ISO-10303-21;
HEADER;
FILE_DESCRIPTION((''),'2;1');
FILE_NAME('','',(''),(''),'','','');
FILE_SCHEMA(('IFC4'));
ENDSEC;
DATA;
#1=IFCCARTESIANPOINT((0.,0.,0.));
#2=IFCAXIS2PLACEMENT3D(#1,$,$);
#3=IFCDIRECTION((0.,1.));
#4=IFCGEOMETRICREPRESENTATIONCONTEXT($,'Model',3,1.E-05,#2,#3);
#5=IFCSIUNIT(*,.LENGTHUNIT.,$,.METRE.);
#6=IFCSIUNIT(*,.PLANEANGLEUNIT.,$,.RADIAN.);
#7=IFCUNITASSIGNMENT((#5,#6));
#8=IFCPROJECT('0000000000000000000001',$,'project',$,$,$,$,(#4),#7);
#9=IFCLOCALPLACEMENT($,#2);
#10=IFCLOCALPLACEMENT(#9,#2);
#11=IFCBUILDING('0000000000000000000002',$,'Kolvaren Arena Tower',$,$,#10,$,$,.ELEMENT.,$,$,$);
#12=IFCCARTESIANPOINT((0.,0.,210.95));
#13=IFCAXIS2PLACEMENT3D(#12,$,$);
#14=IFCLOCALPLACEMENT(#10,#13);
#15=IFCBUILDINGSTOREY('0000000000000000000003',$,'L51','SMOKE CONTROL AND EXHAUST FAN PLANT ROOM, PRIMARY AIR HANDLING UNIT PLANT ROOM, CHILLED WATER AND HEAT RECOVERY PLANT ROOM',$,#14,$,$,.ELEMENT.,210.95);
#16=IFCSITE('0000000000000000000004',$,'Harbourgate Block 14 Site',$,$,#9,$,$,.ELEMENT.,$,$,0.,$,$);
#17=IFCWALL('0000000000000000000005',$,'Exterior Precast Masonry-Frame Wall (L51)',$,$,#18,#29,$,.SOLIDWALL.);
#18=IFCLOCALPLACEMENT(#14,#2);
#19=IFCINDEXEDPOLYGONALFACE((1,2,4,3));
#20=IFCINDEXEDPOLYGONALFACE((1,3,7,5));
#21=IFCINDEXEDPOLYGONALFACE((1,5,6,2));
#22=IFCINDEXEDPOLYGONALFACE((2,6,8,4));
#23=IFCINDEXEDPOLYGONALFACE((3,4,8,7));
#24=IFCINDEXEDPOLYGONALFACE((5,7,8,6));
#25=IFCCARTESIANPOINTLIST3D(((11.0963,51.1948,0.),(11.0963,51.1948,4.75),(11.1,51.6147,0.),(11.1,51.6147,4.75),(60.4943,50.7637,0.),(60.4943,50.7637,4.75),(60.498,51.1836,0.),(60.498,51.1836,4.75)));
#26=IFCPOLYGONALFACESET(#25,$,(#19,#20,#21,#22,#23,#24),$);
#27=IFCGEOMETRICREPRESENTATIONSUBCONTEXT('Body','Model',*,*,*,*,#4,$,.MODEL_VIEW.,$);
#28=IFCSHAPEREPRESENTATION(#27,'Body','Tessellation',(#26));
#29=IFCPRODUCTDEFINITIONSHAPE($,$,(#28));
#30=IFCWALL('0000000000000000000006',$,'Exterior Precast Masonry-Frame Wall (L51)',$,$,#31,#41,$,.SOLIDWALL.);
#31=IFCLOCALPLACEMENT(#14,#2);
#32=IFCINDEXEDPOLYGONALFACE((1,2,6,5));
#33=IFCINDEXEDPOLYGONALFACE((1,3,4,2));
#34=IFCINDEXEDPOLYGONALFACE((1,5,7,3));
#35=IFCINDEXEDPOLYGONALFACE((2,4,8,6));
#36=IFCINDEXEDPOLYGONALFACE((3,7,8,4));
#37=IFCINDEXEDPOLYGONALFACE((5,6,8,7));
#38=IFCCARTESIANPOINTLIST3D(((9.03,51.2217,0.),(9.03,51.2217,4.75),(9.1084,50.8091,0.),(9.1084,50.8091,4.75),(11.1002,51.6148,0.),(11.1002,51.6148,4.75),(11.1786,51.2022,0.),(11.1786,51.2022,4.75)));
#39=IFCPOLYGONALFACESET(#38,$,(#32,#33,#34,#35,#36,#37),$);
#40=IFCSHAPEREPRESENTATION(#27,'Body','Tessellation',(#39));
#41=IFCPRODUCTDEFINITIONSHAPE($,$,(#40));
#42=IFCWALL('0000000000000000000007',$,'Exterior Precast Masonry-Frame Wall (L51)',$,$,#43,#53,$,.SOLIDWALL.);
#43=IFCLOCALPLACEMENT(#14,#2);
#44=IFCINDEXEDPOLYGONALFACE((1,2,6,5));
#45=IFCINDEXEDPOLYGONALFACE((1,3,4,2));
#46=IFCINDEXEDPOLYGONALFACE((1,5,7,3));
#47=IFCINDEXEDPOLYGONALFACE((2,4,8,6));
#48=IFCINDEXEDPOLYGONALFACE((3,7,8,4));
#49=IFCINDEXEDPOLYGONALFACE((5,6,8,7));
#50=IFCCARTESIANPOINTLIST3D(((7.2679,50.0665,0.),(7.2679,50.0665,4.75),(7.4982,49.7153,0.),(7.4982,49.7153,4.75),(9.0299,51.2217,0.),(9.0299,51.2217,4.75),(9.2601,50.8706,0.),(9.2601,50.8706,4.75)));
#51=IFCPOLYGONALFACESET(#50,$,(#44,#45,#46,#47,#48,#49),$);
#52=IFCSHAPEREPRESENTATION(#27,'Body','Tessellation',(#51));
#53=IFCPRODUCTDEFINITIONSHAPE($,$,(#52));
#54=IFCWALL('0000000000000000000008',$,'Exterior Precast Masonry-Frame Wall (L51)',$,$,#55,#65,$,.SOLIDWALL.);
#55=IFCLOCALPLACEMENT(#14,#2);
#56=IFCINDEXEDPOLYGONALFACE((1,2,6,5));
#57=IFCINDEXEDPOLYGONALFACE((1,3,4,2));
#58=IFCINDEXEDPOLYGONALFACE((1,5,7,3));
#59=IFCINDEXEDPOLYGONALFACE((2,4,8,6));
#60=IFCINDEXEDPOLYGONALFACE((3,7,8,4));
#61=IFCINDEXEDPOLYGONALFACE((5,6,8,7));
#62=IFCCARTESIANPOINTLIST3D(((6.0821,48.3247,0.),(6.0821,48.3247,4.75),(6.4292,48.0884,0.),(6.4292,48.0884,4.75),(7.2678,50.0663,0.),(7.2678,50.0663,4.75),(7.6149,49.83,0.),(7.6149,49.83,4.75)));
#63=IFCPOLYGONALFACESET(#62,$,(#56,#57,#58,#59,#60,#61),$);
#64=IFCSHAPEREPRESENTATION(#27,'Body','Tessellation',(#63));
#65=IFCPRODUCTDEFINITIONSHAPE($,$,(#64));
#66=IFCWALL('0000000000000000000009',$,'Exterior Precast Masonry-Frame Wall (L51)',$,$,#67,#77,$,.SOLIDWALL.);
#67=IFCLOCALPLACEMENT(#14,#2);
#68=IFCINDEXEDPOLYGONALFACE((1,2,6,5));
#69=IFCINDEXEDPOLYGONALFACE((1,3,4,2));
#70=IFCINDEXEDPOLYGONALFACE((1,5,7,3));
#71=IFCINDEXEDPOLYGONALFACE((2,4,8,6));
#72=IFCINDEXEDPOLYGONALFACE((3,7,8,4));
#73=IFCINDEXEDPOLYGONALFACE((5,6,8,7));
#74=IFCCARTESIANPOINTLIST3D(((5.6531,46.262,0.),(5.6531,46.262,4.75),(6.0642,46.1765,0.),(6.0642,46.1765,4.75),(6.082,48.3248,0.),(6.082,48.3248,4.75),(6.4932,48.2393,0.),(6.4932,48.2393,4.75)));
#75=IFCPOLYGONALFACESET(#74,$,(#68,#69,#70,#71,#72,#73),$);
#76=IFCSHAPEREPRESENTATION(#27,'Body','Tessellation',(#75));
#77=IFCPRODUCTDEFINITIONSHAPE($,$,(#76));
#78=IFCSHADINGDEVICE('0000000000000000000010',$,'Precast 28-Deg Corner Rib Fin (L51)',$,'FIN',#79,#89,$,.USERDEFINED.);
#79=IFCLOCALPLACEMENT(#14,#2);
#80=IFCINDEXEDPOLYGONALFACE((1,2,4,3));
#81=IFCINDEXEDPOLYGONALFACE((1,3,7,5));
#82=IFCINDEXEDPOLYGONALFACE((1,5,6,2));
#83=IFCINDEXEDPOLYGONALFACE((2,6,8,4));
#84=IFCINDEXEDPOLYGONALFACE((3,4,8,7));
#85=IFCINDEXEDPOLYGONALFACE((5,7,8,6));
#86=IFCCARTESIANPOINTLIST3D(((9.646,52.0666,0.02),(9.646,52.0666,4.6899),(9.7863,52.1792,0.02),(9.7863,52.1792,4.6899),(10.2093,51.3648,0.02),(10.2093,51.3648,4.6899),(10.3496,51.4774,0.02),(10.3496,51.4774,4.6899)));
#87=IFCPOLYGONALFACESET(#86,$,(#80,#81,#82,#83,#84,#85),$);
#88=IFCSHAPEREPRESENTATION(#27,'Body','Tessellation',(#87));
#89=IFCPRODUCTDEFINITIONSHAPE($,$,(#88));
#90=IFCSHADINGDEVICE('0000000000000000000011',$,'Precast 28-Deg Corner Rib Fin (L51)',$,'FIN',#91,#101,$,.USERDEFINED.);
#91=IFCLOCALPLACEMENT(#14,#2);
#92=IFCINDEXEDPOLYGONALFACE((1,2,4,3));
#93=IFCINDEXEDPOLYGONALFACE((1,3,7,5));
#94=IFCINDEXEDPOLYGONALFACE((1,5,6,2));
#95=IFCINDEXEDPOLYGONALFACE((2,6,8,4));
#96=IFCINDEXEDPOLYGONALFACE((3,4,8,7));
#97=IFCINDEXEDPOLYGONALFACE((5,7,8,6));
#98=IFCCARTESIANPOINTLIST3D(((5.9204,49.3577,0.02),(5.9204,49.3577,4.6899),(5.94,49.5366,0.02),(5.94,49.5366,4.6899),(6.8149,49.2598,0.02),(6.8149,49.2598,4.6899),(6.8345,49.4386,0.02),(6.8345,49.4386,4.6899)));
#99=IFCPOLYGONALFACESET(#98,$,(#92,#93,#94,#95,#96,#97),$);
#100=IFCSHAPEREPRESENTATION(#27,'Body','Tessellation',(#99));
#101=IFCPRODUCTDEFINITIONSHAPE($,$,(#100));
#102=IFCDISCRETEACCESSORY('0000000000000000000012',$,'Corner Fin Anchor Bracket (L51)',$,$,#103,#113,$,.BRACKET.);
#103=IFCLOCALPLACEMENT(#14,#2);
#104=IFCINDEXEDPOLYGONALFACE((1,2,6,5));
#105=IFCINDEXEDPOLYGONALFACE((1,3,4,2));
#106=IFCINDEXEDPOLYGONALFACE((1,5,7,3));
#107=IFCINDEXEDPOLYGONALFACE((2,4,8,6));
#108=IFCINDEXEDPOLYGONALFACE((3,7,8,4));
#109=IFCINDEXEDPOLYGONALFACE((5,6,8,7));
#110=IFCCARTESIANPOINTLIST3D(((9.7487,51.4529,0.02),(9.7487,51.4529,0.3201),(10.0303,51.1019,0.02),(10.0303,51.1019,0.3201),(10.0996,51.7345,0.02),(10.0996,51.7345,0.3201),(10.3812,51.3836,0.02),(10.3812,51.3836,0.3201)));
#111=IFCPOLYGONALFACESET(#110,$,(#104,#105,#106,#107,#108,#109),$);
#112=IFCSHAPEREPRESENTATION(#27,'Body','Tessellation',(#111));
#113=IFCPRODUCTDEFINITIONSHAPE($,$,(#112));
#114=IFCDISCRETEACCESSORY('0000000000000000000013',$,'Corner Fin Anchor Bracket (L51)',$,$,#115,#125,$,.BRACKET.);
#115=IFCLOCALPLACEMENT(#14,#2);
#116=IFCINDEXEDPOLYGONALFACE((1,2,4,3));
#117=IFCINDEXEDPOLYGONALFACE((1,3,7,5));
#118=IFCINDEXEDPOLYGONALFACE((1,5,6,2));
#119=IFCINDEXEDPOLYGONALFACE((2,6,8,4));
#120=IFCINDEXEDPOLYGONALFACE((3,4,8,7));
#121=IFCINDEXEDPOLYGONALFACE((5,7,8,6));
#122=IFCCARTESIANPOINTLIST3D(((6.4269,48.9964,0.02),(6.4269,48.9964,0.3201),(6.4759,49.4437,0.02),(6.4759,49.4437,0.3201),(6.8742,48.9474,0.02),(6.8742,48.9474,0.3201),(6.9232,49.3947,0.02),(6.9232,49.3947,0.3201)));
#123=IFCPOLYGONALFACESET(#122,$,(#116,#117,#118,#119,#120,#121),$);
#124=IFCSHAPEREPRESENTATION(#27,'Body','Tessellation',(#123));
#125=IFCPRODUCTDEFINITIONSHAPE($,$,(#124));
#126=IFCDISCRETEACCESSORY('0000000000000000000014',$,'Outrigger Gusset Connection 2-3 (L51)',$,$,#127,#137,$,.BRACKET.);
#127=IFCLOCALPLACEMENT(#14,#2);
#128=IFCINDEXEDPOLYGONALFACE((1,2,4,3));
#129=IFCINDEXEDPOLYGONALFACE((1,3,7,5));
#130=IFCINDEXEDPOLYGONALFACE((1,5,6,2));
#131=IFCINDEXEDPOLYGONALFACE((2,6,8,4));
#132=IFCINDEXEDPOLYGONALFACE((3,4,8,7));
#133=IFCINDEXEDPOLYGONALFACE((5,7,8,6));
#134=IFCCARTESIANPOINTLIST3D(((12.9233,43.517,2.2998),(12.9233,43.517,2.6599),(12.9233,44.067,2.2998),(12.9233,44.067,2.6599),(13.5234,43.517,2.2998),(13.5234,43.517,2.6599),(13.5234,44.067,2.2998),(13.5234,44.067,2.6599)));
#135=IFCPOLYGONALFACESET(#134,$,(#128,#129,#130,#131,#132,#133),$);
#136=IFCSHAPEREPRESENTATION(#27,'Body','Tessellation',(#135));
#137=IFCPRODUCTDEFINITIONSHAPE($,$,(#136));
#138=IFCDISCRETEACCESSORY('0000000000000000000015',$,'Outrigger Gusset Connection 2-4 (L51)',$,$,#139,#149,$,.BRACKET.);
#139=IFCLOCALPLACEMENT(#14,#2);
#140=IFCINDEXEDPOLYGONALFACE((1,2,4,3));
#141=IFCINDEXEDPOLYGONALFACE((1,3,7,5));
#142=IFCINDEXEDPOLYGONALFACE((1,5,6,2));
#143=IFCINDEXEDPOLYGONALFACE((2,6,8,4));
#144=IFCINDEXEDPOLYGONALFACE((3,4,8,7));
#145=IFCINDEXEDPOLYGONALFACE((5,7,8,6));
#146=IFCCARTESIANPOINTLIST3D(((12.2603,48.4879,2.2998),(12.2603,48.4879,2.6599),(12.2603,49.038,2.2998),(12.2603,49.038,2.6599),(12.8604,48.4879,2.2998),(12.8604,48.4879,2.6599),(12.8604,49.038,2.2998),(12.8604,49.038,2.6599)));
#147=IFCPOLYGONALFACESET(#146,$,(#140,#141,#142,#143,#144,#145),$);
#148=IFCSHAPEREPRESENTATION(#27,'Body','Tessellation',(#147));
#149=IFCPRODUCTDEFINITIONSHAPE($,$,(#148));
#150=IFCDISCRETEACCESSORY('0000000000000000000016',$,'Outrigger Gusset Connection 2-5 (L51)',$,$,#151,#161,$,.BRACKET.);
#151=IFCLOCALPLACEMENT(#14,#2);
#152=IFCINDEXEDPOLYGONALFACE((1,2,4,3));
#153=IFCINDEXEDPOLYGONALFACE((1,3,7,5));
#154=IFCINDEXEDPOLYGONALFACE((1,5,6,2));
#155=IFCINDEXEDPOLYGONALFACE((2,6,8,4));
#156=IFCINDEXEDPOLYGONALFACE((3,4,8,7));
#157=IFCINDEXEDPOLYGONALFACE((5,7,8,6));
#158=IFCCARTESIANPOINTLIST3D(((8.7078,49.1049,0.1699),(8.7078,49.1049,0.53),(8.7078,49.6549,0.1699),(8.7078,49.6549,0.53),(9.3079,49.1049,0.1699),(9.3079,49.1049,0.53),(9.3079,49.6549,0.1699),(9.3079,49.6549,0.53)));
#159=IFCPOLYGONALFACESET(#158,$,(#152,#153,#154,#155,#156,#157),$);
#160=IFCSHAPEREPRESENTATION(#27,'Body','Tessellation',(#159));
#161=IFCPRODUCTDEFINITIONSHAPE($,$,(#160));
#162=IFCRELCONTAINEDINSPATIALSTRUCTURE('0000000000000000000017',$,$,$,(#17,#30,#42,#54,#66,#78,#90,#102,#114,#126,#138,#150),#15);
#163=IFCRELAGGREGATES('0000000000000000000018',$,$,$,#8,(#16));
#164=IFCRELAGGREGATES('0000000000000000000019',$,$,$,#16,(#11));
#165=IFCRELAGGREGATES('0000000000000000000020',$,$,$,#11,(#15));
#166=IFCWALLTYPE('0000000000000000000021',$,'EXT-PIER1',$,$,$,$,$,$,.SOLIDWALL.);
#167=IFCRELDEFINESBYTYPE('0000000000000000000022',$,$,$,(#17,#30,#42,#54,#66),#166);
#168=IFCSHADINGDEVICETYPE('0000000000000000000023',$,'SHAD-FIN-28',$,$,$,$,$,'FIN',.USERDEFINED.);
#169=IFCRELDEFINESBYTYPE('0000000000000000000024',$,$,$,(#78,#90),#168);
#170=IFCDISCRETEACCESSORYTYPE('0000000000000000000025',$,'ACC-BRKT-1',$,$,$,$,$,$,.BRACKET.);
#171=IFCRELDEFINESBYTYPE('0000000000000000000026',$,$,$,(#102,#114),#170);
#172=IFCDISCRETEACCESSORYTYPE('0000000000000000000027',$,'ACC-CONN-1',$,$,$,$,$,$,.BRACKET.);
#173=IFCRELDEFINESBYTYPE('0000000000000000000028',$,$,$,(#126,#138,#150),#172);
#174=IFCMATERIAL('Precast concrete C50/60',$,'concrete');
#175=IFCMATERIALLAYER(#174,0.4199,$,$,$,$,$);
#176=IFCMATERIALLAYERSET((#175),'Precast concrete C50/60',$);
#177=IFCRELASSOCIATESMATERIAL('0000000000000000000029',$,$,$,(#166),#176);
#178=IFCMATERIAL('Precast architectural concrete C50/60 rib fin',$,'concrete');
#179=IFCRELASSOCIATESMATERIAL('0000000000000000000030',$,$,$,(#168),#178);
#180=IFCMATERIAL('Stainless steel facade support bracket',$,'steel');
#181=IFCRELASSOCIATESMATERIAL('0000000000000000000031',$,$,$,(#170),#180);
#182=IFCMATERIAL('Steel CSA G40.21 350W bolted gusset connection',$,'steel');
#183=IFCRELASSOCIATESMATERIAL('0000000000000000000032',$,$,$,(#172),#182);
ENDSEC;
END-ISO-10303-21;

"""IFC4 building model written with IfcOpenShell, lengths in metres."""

from ifc_helpers import new_model, si_unit, direction, frame, frame_2d, origin, origin_2d, place, context, subcontext, project, spatial, rectangle, extrude, material, layer, layer_set, type_object, element, save


model = new_model("IFC4")

# Units and contexts
model_context = context("Model", 3, precision=1e-05, world=origin(), true_north=direction((0.0, 1.0)))
body_context = subcontext(model_context, "Body", "Model", "MODEL_VIEW")
ifc_project = project(units=[si_unit("LENGTHUNIT", "METRE"), si_unit("PLANEANGLEUNIT", "RADIAN")], contexts=[model_context])

# Site, building, storey
site_placement = place(None, origin())
site = spatial("IfcSite", under=ifc_project, at=site_placement, Name="Harbourgate Block 14 Site", CompositionType="ELEMENT", RefElevation=0.0)
building_placement = place(site_placement, origin())
building = spatial("IfcBuilding", under=site, at=building_placement, Name="Kolvaren Arena Tower", CompositionType="ELEMENT")
storey_placement = place(building_placement, frame((0.0, 0.0, 210.95)))
storey = spatial("IfcBuildingStorey", under=building, at=storey_placement, Name="L51", Description="SMOKE CONTROL AND EXHAUST FAN PLANT ROOM, PRIMARY AIR HANDLING UNIT PLANT ROOM, CHILLED WATER AND HEAT RECOVERY PLANT ROOM", CompositionType="ELEMENT", Elevation=210.95)

# Walls
ifc_material_1 = material(Name="Precast concrete C50/60", Category="concrete")
ifc_layer_1 = layer(ifc_material_1, 0.4199)
ifc_layer_set_1 = layer_set([ifc_layer_1], Name="Precast concrete C50/60")
wall_type = type_object("IfcWallType", Name="EXT-PIER1", PredefinedType="SOLIDWALL", material=ifc_layer_set_1)
wall_1_placement = place(storey_placement, frame((11.0981, 51.4048, 0.0), z_axis=(0.0, 0.0, 1.0), x_axis=(0.999962, -0.008728, 0.0)))
element("IfcWall", 1, at=wall_1_placement, inside=storey, type_object=wall_type, Name="Exterior Precast Masonry-Frame Wall (L51)", PredefinedType="SOLIDWALL", context=body_context, shape_type="SweptSolid", body=[
    extrude(rectangle(XDim=49.3999, YDim=0.4199, at=frame_2d((24.7, 0.0))), origin(), (0.0, 0.0, 1.0), 4.75),
])
wall_2_placement = place(storey_placement, frame((9.0691, 51.0154, 0.0), z_axis=(0.0, 0.0, 1.0), x_axis=(0.982446, 0.186548, 0.0)))
element("IfcWall", 2, at=wall_2_placement, inside=storey, type_object=wall_type, Name="Exterior Precast Masonry-Frame Wall (L51)", PredefinedType="SOLIDWALL", context=body_context, shape_type="SweptSolid", body=[
    extrude(rectangle(XDim=2.1072, YDim=0.4199, at=frame_2d((1.0537, 0.0))), origin(), (0.0, 0.0, 1.0), 4.75),
])
for number, where, z_axis, x_axis, name in (
    (3, (7.3831, 49.8909, 0.0), (0.0, 0.0, 1.0), (0.836269, 0.54832, 0.0), "Exterior Precast Masonry-Frame Wall (L51)"),
    (4, (6.2556, 48.2065, 0.0), (0.0, 0.0, 1.0), (0.562776, 0.82661, 0.0), "Exterior Precast Masonry-Frame Wall (L51)"),
    (5, (5.8586, 46.2192, 0.0), (0.0, 0.0, 1.0), (0.203598, 0.979055, 0.0), "Exterior Precast Masonry-Frame Wall (L51)"),
):
    element("IfcWall", number, at=place(storey_placement, frame(where, z_axis=z_axis, x_axis=x_axis)), inside=storey, type_object=wall_type, Name=name, PredefinedType="SOLIDWALL", context=body_context, shape_type="SweptSolid", body=[
        extrude(rectangle(XDim=2.1069, YDim=0.4199, at=frame_2d((1.0535, 0.0))), origin(), (0.0, 0.0, 1.0), 4.75),
    ])

# Shading devices
ifc_material_2 = material(Name="Precast architectural concrete C50/60 rib fin", Category="concrete")
shading_device_type = type_object("IfcShadingDeviceType", Name="SHAD-FIN-28", ElementType="FIN", PredefinedType="USERDEFINED", material=ifc_material_2)
for number, where, z_axis, x_axis, name in (
    (6, (9.9978, 51.772, 0.02), (0.0, 0.0, 1.0), (-0.625923, 0.779884, 0.0), "Precast 28-Deg Corner Rib Fin (L51)"),
    (7, (6.3774, 49.3982, 0.02), (0.0, 0.0, 1.0), (-0.994057, 0.108862, 0.0), "Precast 28-Deg Corner Rib Fin (L51)"),
):
    element("IfcShadingDevice", number, at=place(storey_placement, frame(where, z_axis=z_axis, x_axis=x_axis)), inside=storey, type_object=shading_device_type, Name=name, ObjectType="FIN", PredefinedType="USERDEFINED", context=body_context, shape_type="SweptSolid", body=[
        extrude(rectangle(XDim=0.8999, YDim=0.1799, at=origin_2d()), origin(), (0.0, 0.0, 1.0), 4.6699),
    ])

# Discrete accessories
ifc_material_3 = material(Name="Stainless steel facade support bracket", Category="steel")
discrete_accessory_type_1 = type_object("IfcDiscreteAccessoryType", Name="ACC-BRKT-1", PredefinedType="BRACKET", material=ifc_material_3)
for number, where, z_axis, x_axis, name in (
    (8, (10.0649, 51.4182, 0.02), (0.0, 0.0, 1.0), (-0.625923, 0.779884, 0.0), "Corner Fin Anchor Bracket (L51)"),
    (9, (6.675, 49.1956, 0.02), (0.0, 0.0, 1.0), (-0.994057, 0.108862, 0.0), "Corner Fin Anchor Bracket (L51)"),
):
    element("IfcDiscreteAccessory", number, at=place(storey_placement, frame(where, z_axis=z_axis, x_axis=x_axis)), inside=storey, type_object=discrete_accessory_type_1, Name=name, PredefinedType="BRACKET", context=body_context, shape_type="SweptSolid", body=[
        extrude(rectangle(XDim=0.45, YDim=0.45, at=origin_2d()), origin(), (0.0, 0.0, 1.0), 0.3),
    ])
ifc_material_4 = material(Name="Steel CSA G40.21 350W bolted gusset connection", Category="steel")
discrete_accessory_type_2 = type_object("IfcDiscreteAccessoryType", Name="ACC-CONN-1", PredefinedType="BRACKET", material=ifc_material_4)
for number, where, z_axis, x_axis, name in (
    (10, (13.2234, 43.792, 2.2998), (0.0, 0.0, 1.0), (1.0, 0.0, 0.0), "Outrigger Gusset Connection 2-3 (L51)"),
    (11, (12.5603, 48.7629, 2.2998), (0.0, 0.0, 1.0), (1.0, 0.0, 0.0), "Outrigger Gusset Connection 2-4 (L51)"),
    (12, (9.0078, 49.3799, 0.1699), (0.0, 0.0, 1.0), (1.0, 0.0, 0.0), "Outrigger Gusset Connection 2-5 (L51)"),
):
    element("IfcDiscreteAccessory", number, at=place(storey_placement, frame(where, z_axis=z_axis, x_axis=x_axis)), inside=storey, type_object=discrete_accessory_type_2, Name=name, PredefinedType="BRACKET", context=body_context, shape_type="SweptSolid", body=[
        extrude(rectangle(XDim=0.6001, YDim=0.55, at=origin_2d()), origin(), (0.0, 0.0, 1.0), 0.3601),
    ])

save(model, "model.ifc")
